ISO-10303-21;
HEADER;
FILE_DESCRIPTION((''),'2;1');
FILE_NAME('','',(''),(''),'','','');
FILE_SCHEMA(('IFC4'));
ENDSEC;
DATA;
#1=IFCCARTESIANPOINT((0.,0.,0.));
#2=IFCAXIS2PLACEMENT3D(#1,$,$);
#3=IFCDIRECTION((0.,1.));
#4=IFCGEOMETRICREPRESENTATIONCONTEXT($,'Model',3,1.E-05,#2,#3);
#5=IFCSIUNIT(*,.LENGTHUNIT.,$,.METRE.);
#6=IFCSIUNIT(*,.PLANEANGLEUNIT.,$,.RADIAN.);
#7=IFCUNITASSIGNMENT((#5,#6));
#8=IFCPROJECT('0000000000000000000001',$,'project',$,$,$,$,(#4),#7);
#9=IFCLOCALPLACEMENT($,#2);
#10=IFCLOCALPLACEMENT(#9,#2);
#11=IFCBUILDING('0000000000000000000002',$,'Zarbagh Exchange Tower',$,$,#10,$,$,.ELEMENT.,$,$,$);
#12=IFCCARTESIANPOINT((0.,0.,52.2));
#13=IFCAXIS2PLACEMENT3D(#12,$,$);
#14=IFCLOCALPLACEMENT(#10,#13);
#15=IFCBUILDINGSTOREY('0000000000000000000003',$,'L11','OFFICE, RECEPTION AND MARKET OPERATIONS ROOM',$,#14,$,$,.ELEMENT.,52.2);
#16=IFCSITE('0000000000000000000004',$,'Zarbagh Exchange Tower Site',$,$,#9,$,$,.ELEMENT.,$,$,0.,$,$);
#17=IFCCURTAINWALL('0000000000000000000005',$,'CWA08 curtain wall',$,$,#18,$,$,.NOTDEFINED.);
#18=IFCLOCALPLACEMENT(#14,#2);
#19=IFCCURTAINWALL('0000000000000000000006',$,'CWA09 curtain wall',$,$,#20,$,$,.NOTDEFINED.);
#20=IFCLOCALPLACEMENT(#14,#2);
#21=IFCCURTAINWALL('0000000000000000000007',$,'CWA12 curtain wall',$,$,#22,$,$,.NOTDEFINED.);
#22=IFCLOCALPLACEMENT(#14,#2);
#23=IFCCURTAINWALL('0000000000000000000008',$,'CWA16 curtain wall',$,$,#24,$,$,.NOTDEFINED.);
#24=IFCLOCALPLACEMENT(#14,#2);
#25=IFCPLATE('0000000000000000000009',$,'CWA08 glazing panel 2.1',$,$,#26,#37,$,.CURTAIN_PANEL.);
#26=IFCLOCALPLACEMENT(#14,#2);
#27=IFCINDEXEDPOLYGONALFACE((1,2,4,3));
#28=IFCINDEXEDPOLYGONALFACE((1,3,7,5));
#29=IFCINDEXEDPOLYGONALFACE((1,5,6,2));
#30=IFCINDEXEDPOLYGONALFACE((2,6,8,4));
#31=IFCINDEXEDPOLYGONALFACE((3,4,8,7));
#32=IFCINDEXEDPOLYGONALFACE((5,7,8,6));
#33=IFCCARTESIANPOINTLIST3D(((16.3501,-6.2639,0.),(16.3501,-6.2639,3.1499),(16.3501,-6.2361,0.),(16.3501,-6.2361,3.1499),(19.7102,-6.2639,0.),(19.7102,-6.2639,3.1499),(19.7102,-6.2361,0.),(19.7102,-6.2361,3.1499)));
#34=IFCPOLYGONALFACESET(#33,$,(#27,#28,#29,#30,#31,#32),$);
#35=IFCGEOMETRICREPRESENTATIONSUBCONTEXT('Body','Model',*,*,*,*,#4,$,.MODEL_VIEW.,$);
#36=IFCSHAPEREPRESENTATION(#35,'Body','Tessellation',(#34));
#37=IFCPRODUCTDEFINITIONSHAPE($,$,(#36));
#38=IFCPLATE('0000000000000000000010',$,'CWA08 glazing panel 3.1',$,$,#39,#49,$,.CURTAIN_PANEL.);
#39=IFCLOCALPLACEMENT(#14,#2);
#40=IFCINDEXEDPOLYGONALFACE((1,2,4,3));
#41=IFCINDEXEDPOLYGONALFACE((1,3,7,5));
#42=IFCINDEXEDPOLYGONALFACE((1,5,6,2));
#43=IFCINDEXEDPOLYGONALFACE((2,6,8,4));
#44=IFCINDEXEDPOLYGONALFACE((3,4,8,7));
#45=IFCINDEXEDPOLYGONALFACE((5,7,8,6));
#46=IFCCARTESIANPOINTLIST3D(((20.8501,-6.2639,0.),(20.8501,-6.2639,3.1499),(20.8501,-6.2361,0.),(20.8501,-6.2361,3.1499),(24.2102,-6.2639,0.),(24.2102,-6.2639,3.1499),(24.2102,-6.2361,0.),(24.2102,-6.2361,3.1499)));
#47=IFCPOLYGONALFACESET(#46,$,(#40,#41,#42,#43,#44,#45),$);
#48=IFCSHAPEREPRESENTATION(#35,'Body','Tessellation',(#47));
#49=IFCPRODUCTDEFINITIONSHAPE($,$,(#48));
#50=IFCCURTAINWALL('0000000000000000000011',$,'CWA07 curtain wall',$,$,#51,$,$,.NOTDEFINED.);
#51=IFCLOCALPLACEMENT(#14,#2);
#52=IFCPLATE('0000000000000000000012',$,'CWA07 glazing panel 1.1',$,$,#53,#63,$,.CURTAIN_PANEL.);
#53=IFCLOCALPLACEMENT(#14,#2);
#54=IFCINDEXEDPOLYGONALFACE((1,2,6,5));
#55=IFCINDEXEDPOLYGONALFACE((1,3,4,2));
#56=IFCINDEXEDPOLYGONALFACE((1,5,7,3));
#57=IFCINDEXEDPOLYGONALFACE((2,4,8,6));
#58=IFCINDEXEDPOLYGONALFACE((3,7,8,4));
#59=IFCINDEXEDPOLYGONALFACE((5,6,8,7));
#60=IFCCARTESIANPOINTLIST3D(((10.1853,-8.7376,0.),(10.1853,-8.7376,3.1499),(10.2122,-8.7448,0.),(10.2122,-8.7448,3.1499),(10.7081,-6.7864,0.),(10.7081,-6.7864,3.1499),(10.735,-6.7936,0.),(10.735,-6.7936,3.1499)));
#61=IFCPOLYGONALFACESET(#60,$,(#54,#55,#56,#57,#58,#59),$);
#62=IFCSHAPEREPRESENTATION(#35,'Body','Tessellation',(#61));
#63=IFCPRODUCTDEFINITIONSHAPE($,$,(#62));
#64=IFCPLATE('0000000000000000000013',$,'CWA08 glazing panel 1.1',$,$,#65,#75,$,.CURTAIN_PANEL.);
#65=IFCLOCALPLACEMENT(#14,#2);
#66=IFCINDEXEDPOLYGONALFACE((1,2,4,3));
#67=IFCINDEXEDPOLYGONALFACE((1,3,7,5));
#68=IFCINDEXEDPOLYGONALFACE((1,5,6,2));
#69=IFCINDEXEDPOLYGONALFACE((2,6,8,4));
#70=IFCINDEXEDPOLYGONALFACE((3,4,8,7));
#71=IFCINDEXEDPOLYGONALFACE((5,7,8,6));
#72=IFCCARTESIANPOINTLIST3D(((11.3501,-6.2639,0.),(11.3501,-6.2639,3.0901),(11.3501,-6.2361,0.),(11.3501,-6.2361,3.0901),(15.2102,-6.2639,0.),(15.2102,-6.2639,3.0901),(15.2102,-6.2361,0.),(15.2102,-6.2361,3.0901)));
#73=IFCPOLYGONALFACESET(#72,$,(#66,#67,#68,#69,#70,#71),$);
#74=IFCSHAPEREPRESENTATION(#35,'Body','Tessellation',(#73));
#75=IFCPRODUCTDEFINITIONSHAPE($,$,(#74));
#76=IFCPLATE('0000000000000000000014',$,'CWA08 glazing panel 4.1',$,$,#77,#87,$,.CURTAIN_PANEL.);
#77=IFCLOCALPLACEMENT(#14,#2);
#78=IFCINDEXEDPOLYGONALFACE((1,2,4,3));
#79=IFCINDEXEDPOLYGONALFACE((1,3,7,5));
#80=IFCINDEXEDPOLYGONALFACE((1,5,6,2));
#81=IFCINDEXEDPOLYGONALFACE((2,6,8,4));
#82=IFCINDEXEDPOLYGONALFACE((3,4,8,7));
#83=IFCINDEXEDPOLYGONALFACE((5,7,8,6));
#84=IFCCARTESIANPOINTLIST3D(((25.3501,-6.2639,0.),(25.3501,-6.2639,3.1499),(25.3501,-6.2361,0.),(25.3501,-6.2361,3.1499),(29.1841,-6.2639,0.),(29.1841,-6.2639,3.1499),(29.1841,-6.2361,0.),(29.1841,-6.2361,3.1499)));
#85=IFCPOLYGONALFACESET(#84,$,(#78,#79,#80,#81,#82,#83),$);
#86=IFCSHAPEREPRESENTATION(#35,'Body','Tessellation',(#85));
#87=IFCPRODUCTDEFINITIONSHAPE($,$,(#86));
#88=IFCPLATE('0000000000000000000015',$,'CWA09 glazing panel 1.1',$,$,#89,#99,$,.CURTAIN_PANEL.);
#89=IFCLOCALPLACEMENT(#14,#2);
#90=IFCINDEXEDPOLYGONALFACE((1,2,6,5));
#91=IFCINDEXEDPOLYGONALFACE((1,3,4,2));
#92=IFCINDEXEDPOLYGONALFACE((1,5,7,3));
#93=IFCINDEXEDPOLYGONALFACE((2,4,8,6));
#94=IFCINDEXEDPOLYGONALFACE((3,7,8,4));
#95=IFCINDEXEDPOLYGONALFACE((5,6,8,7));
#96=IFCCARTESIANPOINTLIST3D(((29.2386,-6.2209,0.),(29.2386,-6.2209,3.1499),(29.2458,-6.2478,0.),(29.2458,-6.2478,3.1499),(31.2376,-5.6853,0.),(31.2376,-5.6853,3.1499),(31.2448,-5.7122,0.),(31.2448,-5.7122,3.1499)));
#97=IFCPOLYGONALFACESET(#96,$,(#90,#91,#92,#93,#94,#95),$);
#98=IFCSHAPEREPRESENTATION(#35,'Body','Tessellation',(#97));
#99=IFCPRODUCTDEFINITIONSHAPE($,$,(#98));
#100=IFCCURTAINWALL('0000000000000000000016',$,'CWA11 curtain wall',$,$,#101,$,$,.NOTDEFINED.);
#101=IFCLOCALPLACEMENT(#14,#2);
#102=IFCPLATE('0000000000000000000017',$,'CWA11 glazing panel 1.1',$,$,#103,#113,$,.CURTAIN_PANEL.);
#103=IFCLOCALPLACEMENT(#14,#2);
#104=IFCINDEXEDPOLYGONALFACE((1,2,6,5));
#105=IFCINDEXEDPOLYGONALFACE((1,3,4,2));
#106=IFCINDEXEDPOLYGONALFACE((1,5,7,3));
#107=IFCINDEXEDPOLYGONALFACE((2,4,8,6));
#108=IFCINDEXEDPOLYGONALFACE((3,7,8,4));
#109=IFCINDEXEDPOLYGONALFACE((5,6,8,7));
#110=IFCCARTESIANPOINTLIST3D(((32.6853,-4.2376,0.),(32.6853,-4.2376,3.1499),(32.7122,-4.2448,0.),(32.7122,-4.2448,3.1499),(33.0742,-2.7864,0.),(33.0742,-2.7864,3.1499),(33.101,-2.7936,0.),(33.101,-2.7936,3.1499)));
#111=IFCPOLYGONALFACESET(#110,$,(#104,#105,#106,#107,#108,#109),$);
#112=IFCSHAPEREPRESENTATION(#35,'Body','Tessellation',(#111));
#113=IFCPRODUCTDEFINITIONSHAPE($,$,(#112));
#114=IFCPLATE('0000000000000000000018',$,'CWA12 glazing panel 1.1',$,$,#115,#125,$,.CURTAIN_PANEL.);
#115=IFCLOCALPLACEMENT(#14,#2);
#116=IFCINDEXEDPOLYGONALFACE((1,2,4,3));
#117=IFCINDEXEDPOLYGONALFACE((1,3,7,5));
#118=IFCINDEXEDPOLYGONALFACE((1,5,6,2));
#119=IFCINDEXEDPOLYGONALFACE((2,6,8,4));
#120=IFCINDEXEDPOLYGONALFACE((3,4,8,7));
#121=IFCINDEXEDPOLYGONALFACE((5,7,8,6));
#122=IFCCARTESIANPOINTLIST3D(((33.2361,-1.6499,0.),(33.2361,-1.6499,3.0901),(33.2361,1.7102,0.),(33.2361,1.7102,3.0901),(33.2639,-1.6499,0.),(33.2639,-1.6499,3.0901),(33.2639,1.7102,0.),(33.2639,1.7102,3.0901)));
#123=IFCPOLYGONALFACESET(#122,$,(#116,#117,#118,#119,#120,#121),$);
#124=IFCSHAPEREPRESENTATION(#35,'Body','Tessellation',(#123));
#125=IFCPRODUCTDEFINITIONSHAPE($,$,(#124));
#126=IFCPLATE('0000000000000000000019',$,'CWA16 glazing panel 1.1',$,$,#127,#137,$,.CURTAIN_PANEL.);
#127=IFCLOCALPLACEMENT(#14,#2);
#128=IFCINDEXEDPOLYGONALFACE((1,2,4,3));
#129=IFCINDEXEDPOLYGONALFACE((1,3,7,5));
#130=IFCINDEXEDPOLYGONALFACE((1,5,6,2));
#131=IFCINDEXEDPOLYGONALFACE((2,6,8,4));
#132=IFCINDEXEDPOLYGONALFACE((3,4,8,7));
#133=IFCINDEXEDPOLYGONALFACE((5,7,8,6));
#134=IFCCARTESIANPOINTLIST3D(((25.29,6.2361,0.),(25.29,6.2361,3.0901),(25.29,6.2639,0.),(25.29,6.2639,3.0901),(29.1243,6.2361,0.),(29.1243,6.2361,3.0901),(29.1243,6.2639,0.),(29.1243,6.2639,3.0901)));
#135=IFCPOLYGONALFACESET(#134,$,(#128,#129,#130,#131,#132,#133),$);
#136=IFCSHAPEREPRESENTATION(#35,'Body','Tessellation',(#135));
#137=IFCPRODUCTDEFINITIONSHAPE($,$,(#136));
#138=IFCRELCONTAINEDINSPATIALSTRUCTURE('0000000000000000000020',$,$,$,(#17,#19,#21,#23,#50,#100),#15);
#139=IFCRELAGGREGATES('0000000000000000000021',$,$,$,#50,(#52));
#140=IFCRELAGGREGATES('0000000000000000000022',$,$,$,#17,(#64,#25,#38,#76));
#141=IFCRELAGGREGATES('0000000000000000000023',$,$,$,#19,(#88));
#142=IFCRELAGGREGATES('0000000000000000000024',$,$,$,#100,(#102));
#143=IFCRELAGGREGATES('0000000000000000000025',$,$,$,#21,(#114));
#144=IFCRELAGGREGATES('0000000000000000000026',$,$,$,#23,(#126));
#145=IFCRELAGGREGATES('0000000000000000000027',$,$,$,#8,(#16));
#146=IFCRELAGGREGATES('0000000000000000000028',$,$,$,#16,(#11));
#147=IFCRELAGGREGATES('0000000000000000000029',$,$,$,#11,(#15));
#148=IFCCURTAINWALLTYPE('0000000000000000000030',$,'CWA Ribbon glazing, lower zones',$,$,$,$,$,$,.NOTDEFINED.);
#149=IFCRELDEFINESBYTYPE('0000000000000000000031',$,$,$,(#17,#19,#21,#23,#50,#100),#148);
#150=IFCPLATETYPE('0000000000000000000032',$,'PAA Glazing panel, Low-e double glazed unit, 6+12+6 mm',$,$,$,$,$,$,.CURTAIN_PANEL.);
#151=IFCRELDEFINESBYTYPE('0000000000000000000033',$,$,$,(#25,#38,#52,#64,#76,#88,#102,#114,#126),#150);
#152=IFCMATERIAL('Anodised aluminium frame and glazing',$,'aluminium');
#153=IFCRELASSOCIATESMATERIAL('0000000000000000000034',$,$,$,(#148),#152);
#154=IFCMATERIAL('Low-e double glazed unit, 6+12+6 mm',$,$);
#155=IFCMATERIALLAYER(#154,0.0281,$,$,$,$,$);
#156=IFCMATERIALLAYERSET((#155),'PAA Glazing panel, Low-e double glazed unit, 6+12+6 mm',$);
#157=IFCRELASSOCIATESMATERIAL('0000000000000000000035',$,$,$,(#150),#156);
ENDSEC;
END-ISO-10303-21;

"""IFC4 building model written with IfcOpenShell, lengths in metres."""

from ifc_helpers import new_model, si_unit, direction, frame, origin, place, context, subcontext, project, spatial, polyline, outline, extrude, source, transform, mapped, material, layer, layer_set, type_object, element, aggregate, save


model = new_model("IFC4")

# Units and contexts
model_context = context("Model", 3, precision=1e-05, world=origin(), true_north=direction((0.0, 1.0)))
body_context = subcontext(model_context, "Body", "Model", "MODEL_VIEW")
ifc_project = project(units=[si_unit("LENGTHUNIT", "METRE"), si_unit("PLANEANGLEUNIT", "RADIAN")], contexts=[model_context])

# Site, building, storey
site_placement = place(None, origin())
site = spatial("IfcSite", under=ifc_project, at=site_placement, Name="Zarbagh Exchange Tower Site", CompositionType="ELEMENT", RefElevation=0.0)
building_placement = place(site_placement, origin())
building = spatial("IfcBuilding", under=site, at=building_placement, Name="Zarbagh Exchange Tower", CompositionType="ELEMENT")
storey_placement = place(building_placement, frame((0.0, 0.0, 52.2)))
storey = spatial("IfcBuildingStorey", under=building, at=storey_placement, Name="L11", Description="OFFICE, RECEPTION AND MARKET OPERATIONS ROOM", CompositionType="ELEMENT", Elevation=52.2)

# Curtain wall
ifc_material_1 = material(Name="Anodised aluminium frame and glazing", Category="aluminium")
curtain_wall_type = type_object("IfcCurtainWallType", Name="CWA Ribbon glazing, lower zones", PredefinedType="NOTDEFINED", material=ifc_material_1)
curtain_wall_1_placement = place(storey_placement, origin())
curtain_wall_1 = element("IfcCurtainWall", 1, at=curtain_wall_1_placement, inside=storey, type_object=curtain_wall_type, Name="CWA08 curtain wall", PredefinedType="NOTDEFINED")
placement = place(storey_placement, origin())

# Curtain walls
curtain_wall_2_placement = place(storey_placement, origin())
curtain_wall_2 = element("IfcCurtainWall", 2, at=curtain_wall_2_placement, inside=storey, type_object=curtain_wall_type, Name="CWA09 curtain wall", PredefinedType="NOTDEFINED")
curtain_wall_3_placement = place(storey_placement, origin())
curtain_wall_3 = element("IfcCurtainWall", 3, at=curtain_wall_3_placement, inside=storey, type_object=curtain_wall_type, Name="CWA12 curtain wall", PredefinedType="NOTDEFINED")
curtain_wall_4_placement = place(storey_placement, origin())
curtain_wall_4 = element("IfcCurtainWall", 4, at=curtain_wall_4_placement, inside=storey, type_object=curtain_wall_type, Name="CWA16 curtain wall", PredefinedType="NOTDEFINED")

# Shared definitions
ifc_material_2 = material(Name="Low-e double glazed unit, 6+12+6 mm")
ifc_layer = layer(ifc_material_2, 0.0281)
ifc_layer_set = layer_set([ifc_layer], Name="PAA Glazing panel, Low-e double glazed unit, 6+12+6 mm")
plate_type = type_object("IfcPlateType", Name="PAA Glazing panel, Low-e double glazed unit, 6+12+6 mm", PredefinedType="CURTAIN_PANEL", material=ifc_layer_set)

# Plates
shared_shape_1 = source(origin(), body_context, "Body", "SweptSolid", [
    extrude(outline(polyline([(0.0, -0.0139), (3.3601, -0.0139), (3.3601, 0.0139), (0.0, 0.0139), (0.0, -0.0139)])), origin(), (0.0, 0.0, 1.0), 3.1499),
])
plate_1 = element("IfcPlate", 5, at=placement, type_object=plate_type, Name="CWA08 glazing panel 2.1", PredefinedType="CURTAIN_PANEL", context=body_context, shape_type="MappedRepresentation", body=[
    mapped(shared_shape_1, transform((16.3501, -6.25, 0.0), x_axis=(1.0, 0.0, 0.0), y_axis=(0.0, 1.0, 0.0), z_axis=(0.0, 0.0, 1.0))),
])
plate_2 = element("IfcPlate", 6, at=placement, type_object=plate_type, Name="CWA08 glazing panel 3.1", PredefinedType="CURTAIN_PANEL", context=body_context, shape_type="MappedRepresentation", body=[
    mapped(shared_shape_1, transform((20.8501, -6.25, 0.0), x_axis=(1.0, 0.0, 0.0), y_axis=(0.0, 1.0, 0.0), z_axis=(0.0, 0.0, 1.0))),
])

# Curtain wall, plate
curtain_wall_5_placement = place(storey_placement, origin())
curtain_wall_5 = element("IfcCurtainWall", 7, at=curtain_wall_5_placement, inside=storey, type_object=curtain_wall_type, Name="CWA07 curtain wall", PredefinedType="NOTDEFINED")
shared_shape_2 = source(origin(), body_context, "Body", "SweptSolid", [
    extrude(outline(polyline([(0.0, -0.0139), (2.02, -0.0139), (2.02, 0.0139), (0.0, 0.0139), (0.0, -0.0139)])), origin(), (0.0, 0.0, 1.0), 3.1499),
])
plate_3 = element("IfcPlate", 8, at=placement, type_object=plate_type, Name="CWA07 glazing panel 1.1", PredefinedType="CURTAIN_PANEL", context=body_context, shape_type="MappedRepresentation", body=[
    mapped(shared_shape_2, transform((10.1987, -8.7412, 0.0), x_axis=(0.258825, 0.965924, 0.0), y_axis=(-0.965924, 0.258825, 0.0), z_axis=(0.0, 0.0, 1.0))),
])
aggregate(curtain_wall_5, [plate_3])

# Plates
shared_shape_3 = source(origin(), body_context, "Body", "SweptSolid", [
    extrude(outline(polyline([(0.0, -0.0139), (3.8601, -0.0139), (3.8601, 0.0139), (0.0, 0.0139), (0.0, -0.0139)])), origin(), (0.0, 0.0, 1.0), 3.0901),
])
plate_4 = element("IfcPlate", 9, at=placement, type_object=plate_type, Name="CWA08 glazing panel 1.1", PredefinedType="CURTAIN_PANEL", context=body_context, shape_type="MappedRepresentation", body=[
    mapped(shared_shape_3, transform((11.3501, -6.25, 0.0), x_axis=(1.0, 0.0, 0.0), y_axis=(0.0, 1.0, 0.0), z_axis=(0.0, 0.0, 1.0))),
])
shared_shape_4 = source(origin(), body_context, "Body", "SweptSolid", [
    extrude(outline(polyline([(0.0, -0.0139), (3.834, -0.0139), (3.834, 0.0139), (0.0, 0.0139), (0.0, -0.0139)])), origin(), (0.0, 0.0, 1.0), 3.1499),
])
plate_5 = element("IfcPlate", 10, at=placement, type_object=plate_type, Name="CWA08 glazing panel 4.1", PredefinedType="CURTAIN_PANEL", context=body_context, shape_type="MappedRepresentation", body=[
    mapped(shared_shape_4, transform((25.3501, -6.25, 0.0), x_axis=(1.0, 0.0, 0.0), y_axis=(0.0, 1.0, 0.0), z_axis=(0.0, 0.0, 1.0))),
])
aggregate(curtain_wall_1, [plate_4, plate_1, plate_2, plate_5])
shared_shape_5 = source(origin(), body_context, "Body", "SweptSolid", [
    extrude(outline(polyline([(0.0, -0.0139), (2.0696, -0.0139), (2.0696, 0.0139), (0.0, 0.0139), (0.0, -0.0139)])), origin(), (0.0, 0.0, 1.0), 3.1499),
])
plate_6 = element("IfcPlate", 11, at=placement, type_object=plate_type, Name="CWA09 glazing panel 1.1", PredefinedType="CURTAIN_PANEL", context=body_context, shape_type="MappedRepresentation", body=[
    mapped(shared_shape_5, transform((29.2422, -6.2344, 0.0), x_axis=(0.965924, 0.258825, 0.0), y_axis=(-0.258825, 0.965924, 0.0), z_axis=(0.0, 0.0, 1.0))),
])
aggregate(curtain_wall_2, [plate_6])

# Curtain wall, plate
curtain_wall_6_placement = place(storey_placement, origin())
curtain_wall_6 = element("IfcCurtainWall", 12, at=curtain_wall_6_placement, inside=storey, type_object=curtain_wall_type, Name="CWA11 curtain wall", PredefinedType="NOTDEFINED")
shared_shape_6 = source(origin(), body_context, "Body", "SweptSolid", [
    extrude(outline(polyline([(0.0, -0.0139), (1.5024, -0.0139), (1.5024, 0.0139), (0.0, 0.0139), (0.0, -0.0139)])), origin(), (0.0, 0.0, 1.0), 3.1499),
])
plate_7 = element("IfcPlate", 13, at=placement, type_object=plate_type, Name="CWA11 glazing panel 1.1", PredefinedType="CURTAIN_PANEL", context=body_context, shape_type="MappedRepresentation", body=[
    mapped(shared_shape_6, transform((32.6987, -4.2412, 0.0), x_axis=(0.258825, 0.965924, 0.0), y_axis=(-0.965924, 0.258825, 0.0), z_axis=(0.0, 0.0, 1.0))),
])
aggregate(curtain_wall_6, [plate_7])

# Plates
shared_shape_7 = source(origin(), body_context, "Body", "SweptSolid", [
    extrude(outline(polyline([(0.0, -0.0139), (3.3601, -0.0139), (3.3601, 0.0139), (0.0, 0.0139), (0.0, -0.0139)])), origin(), (0.0, 0.0, 1.0), 3.0901),
])
plate_8 = element("IfcPlate", 14, at=placement, type_object=plate_type, Name="CWA12 glazing panel 1.1", PredefinedType="CURTAIN_PANEL", context=body_context, shape_type="MappedRepresentation", body=[
    mapped(shared_shape_7, transform((33.25, -1.6499, 0.0), x_axis=(0.0, 1.0, 0.0), y_axis=(-1.0, 0.0, 0.0), z_axis=(0.0, 0.0, 1.0))),
])
aggregate(curtain_wall_3, [plate_8])
shared_shape_8 = source(origin(), body_context, "Body", "SweptSolid", [
    extrude(outline(polyline([(0.0, -0.0139), (3.8342, -0.0139), (3.8342, 0.0139), (0.0, 0.0139), (0.0, -0.0139)])), origin(), (0.0, 0.0, 1.0), 3.0901),
])
plate_9 = element("IfcPlate", 15, at=placement, type_object=plate_type, Name="CWA16 glazing panel 1.1", PredefinedType="CURTAIN_PANEL", context=body_context, shape_type="MappedRepresentation", body=[
    mapped(shared_shape_8, transform((29.1243, 6.25, 0.0), x_axis=(-1.0, 0.0, 0.0), y_axis=(0.0, -1.0, 0.0), z_axis=(0.0, 0.0, 1.0))),
])
aggregate(curtain_wall_4, [plate_9])

save(model, "model.ifc")
